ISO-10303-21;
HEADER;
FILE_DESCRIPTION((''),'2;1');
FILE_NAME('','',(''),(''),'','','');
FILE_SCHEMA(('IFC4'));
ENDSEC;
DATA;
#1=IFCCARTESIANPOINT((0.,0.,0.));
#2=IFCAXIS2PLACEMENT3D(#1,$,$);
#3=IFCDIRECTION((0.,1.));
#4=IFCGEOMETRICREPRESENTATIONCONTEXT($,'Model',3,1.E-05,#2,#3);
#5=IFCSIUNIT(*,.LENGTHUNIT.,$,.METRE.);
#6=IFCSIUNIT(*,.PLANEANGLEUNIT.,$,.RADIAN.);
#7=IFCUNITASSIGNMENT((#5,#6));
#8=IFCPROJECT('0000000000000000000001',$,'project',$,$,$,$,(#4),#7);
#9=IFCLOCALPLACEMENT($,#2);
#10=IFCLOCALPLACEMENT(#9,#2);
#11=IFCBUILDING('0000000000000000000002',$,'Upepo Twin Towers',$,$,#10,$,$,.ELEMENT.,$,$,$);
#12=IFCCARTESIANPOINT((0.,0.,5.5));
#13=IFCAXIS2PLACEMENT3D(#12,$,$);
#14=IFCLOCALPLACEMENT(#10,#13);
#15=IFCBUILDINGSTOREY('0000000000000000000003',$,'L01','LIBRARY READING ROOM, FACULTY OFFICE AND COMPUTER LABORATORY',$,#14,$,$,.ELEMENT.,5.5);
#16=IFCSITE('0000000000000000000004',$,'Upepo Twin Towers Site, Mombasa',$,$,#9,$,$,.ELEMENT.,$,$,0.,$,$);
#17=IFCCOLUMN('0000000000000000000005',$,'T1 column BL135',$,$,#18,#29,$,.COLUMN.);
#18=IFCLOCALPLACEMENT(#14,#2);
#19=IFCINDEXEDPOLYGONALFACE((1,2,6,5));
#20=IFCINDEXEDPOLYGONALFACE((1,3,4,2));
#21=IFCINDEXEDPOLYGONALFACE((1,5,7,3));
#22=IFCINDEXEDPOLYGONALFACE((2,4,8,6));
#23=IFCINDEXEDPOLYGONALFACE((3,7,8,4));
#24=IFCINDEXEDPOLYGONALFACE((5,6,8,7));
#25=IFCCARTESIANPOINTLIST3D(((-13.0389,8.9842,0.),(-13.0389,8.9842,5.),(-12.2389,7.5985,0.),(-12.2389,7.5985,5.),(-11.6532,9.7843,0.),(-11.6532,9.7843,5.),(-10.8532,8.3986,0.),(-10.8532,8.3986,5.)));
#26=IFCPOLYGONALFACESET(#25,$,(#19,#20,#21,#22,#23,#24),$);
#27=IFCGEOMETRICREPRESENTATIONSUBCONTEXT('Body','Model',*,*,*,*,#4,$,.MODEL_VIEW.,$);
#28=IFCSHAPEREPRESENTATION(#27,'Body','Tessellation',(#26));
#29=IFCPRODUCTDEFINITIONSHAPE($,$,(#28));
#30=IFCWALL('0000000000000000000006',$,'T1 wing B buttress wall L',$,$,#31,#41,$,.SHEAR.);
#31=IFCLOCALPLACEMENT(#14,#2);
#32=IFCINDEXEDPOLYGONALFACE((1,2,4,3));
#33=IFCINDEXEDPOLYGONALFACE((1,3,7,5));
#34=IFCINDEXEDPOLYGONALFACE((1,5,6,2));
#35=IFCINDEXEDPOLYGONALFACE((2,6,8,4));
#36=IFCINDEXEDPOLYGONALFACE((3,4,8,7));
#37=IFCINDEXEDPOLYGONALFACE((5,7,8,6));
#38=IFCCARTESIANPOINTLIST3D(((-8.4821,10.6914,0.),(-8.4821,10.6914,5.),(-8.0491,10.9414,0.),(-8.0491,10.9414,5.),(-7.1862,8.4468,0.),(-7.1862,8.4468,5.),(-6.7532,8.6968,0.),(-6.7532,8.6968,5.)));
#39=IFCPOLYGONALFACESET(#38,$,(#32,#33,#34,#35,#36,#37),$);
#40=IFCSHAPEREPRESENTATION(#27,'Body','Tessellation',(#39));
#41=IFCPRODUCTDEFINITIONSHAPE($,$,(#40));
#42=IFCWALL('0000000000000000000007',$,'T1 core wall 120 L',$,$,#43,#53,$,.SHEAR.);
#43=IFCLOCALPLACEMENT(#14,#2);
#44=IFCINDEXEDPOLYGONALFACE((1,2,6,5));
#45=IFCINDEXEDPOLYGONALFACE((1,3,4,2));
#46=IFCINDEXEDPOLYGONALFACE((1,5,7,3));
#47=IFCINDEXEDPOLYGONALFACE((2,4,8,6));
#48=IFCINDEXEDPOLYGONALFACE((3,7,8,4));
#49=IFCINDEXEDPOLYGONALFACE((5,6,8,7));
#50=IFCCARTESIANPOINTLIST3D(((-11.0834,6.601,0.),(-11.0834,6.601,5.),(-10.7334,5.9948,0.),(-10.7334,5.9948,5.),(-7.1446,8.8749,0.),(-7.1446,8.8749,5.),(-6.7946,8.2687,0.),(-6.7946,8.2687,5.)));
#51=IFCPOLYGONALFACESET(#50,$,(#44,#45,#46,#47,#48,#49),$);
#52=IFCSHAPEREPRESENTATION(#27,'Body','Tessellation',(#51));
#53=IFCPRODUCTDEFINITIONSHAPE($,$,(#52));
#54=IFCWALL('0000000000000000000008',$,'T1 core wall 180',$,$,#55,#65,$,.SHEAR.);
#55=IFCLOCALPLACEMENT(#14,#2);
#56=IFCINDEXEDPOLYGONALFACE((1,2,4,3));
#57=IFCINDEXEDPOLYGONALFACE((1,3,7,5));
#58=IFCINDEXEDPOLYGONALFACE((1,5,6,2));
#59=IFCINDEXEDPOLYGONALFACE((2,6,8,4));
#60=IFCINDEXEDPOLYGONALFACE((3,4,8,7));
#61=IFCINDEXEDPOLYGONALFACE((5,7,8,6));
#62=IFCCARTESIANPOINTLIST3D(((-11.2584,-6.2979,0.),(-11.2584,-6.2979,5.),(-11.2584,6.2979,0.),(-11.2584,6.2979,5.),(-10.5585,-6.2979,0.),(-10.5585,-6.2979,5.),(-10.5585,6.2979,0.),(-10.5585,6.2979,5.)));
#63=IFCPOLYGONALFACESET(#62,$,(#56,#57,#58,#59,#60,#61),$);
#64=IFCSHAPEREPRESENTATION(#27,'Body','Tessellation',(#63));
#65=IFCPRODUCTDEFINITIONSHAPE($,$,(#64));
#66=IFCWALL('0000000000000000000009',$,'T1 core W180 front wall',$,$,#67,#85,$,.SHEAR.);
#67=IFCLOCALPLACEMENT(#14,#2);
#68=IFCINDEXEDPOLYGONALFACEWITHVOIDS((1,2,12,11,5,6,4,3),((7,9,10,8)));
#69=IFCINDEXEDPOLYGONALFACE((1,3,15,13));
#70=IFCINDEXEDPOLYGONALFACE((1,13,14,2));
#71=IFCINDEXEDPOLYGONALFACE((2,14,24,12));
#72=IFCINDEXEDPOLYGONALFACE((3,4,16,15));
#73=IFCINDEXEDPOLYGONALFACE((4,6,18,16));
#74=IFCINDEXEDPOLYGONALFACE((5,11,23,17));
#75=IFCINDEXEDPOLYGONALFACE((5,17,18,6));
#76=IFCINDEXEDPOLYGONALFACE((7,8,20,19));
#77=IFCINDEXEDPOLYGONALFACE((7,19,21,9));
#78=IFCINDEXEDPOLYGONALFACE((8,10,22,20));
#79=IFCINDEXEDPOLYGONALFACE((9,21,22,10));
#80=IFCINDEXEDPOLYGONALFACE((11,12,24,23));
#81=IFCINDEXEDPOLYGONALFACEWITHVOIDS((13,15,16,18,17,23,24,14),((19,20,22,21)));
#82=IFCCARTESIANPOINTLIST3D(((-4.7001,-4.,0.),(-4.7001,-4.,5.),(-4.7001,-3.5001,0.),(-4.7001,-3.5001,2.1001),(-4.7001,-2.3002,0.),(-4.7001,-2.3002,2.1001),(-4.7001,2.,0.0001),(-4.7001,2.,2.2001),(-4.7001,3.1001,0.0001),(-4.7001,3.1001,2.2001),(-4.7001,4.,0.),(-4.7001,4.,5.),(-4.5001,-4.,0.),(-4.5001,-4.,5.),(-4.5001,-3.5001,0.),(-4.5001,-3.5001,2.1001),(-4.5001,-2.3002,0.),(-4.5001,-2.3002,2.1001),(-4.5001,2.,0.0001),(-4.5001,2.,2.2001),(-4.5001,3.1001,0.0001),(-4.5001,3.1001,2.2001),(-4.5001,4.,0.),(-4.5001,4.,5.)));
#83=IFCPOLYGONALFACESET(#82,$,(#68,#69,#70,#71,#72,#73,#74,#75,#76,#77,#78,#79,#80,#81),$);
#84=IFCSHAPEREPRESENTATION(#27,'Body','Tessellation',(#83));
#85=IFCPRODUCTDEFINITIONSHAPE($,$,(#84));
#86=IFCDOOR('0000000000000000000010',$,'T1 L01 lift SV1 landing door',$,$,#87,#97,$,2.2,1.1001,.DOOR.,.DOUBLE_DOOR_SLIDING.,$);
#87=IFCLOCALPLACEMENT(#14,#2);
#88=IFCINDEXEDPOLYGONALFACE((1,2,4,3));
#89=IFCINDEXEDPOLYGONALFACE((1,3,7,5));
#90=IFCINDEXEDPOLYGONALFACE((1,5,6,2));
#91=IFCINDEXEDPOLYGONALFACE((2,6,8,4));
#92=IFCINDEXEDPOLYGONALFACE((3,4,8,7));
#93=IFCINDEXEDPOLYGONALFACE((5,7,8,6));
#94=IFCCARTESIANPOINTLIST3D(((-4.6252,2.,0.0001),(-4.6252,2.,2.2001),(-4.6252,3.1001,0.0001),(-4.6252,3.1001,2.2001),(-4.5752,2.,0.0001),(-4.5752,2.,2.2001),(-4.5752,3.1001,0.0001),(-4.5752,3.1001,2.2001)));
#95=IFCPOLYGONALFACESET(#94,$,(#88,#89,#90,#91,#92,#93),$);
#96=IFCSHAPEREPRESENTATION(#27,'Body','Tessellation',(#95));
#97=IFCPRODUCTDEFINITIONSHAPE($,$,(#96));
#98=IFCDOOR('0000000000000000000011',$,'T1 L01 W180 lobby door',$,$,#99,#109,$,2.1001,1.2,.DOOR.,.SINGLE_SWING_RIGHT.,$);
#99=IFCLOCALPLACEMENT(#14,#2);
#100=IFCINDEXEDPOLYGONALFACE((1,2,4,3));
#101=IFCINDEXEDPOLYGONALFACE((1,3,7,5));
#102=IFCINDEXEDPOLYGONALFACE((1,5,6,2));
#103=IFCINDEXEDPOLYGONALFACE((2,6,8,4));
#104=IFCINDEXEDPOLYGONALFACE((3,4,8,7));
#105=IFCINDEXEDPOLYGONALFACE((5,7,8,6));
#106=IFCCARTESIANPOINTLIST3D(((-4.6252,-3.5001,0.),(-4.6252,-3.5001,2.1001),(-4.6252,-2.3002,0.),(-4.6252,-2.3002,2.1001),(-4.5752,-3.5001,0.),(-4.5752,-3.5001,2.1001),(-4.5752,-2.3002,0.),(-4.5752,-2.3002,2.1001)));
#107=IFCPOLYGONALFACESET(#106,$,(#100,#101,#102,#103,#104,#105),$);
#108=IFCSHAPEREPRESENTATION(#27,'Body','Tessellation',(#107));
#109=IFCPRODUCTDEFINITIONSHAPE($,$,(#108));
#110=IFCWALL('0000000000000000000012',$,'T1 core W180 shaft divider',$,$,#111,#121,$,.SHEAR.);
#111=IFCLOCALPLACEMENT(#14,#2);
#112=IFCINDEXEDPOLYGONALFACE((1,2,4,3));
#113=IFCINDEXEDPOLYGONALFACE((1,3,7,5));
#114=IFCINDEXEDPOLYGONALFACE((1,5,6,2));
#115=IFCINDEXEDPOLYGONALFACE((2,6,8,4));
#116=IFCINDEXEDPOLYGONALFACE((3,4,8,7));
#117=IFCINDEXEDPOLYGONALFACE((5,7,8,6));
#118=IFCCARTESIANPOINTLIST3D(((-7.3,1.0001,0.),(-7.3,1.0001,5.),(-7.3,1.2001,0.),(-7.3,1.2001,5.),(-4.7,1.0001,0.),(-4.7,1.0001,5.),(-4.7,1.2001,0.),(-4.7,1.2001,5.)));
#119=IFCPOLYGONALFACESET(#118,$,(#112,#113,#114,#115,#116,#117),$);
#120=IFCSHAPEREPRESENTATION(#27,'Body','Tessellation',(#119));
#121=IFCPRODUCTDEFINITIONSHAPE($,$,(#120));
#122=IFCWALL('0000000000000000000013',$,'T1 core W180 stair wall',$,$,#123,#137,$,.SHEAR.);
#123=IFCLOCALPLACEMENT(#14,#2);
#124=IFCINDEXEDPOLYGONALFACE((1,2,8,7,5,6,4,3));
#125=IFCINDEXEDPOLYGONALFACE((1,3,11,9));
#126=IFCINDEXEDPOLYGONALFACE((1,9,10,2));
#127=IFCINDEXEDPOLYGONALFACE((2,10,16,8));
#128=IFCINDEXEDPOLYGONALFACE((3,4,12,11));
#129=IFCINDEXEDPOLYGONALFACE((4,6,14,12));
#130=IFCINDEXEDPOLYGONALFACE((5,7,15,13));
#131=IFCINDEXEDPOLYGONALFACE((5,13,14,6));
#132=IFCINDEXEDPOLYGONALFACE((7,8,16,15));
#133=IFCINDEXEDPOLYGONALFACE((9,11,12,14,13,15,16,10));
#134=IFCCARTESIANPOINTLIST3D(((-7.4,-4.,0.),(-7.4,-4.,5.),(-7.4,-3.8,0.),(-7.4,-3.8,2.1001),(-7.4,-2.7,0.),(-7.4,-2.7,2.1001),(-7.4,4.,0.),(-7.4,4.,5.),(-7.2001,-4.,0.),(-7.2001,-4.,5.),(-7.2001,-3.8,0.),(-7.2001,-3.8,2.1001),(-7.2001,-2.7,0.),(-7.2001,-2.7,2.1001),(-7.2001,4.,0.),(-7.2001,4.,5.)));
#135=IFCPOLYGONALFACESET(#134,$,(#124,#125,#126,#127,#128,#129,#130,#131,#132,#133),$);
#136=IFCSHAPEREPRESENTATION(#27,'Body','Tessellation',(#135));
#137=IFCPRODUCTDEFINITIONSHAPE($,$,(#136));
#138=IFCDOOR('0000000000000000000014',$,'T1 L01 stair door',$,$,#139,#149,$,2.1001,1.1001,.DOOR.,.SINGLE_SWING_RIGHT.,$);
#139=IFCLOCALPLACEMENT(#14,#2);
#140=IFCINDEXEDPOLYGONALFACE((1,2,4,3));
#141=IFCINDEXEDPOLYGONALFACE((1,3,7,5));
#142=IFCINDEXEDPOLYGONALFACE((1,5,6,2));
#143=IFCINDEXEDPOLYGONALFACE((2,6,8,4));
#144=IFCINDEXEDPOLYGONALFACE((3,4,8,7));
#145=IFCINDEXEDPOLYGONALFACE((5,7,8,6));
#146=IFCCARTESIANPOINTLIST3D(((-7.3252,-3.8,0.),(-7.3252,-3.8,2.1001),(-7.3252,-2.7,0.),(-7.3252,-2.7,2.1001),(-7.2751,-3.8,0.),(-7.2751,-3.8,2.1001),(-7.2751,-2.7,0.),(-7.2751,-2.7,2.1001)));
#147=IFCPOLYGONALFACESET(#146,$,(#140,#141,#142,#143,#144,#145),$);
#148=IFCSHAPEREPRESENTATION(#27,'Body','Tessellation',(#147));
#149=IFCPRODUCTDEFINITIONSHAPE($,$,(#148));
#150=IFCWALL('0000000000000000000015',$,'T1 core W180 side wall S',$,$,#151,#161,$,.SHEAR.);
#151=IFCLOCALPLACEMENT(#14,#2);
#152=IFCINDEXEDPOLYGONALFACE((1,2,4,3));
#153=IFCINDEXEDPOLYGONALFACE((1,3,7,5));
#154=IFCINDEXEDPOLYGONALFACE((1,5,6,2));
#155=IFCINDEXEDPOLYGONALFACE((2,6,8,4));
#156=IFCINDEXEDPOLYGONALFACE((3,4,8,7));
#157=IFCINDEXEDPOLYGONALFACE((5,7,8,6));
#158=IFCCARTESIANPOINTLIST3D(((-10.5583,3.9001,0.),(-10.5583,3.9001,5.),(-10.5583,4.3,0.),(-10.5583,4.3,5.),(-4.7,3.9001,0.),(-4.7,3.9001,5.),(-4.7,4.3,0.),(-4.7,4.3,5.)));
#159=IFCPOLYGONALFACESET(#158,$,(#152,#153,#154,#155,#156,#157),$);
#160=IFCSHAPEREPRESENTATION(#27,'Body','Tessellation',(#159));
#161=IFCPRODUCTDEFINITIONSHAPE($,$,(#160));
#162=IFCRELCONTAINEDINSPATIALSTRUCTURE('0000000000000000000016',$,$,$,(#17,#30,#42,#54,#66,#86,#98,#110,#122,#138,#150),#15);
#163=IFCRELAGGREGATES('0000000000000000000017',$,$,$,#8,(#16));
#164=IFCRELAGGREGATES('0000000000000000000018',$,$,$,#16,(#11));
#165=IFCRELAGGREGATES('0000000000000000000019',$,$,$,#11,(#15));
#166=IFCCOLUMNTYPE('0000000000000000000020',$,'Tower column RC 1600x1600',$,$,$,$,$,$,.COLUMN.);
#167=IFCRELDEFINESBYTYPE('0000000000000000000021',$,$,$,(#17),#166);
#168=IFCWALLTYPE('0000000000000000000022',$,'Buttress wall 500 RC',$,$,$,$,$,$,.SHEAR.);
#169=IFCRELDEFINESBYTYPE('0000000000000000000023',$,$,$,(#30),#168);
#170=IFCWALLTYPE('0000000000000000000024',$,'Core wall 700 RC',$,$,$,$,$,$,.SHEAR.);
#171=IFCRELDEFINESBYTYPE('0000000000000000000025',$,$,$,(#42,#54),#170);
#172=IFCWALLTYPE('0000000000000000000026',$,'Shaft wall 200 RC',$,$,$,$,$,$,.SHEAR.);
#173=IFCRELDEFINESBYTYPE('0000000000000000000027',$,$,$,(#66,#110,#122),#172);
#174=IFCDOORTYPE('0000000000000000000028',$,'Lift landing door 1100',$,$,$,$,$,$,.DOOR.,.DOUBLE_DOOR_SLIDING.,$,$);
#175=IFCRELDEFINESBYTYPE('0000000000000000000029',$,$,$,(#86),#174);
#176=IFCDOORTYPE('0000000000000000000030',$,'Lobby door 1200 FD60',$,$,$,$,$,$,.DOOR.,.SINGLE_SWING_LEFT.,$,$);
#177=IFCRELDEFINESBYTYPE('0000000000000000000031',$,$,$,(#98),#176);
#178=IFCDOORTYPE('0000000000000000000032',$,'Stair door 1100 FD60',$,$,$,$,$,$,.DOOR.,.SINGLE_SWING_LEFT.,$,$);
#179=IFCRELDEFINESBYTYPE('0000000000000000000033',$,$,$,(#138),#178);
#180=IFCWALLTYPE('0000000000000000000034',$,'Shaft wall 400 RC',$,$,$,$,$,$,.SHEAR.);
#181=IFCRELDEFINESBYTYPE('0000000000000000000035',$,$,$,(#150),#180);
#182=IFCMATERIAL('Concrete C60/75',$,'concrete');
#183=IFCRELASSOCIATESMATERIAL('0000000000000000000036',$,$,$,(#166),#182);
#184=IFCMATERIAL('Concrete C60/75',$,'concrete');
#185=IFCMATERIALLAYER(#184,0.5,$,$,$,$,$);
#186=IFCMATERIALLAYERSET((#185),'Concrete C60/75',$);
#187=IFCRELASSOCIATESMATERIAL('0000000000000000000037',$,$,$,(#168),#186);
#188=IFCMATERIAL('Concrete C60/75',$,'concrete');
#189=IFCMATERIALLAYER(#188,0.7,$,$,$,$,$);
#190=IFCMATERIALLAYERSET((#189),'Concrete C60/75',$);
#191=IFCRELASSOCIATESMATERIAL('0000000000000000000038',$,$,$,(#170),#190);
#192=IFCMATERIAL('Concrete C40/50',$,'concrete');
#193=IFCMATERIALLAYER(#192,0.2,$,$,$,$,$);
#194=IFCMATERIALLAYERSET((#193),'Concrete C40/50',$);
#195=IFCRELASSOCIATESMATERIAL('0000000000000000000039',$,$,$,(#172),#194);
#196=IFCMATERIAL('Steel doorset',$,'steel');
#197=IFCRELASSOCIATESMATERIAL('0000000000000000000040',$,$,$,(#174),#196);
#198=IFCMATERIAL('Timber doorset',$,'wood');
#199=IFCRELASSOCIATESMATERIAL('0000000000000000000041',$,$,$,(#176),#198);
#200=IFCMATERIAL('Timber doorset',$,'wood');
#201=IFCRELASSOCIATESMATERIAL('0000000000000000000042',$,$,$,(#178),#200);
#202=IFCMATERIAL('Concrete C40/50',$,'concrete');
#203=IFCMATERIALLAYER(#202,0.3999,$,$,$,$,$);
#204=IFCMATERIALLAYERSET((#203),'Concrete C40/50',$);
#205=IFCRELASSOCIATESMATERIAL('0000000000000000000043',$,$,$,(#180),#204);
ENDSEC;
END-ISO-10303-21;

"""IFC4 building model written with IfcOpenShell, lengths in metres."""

from ifc_helpers import new_model, si_unit, direction, frame, frame_2d, origin, origin_2d, place, context, subcontext, project, spatial, rectangle, extrude, material, layer, layer_set, material_profile, profile_set, type_object, element, fill, save


model = new_model("IFC4")

# Units and contexts
model_context = context("Model", 3, precision=1e-05, world=origin(), true_north=direction((0.0, 1.0)))
body_context = subcontext(model_context, "Body", "Model", "MODEL_VIEW")
ifc_project = project(units=[si_unit("LENGTHUNIT", "METRE"), si_unit("PLANEANGLEUNIT", "RADIAN")], contexts=[model_context])

# Site, building, storey
site_placement = place(None, origin())
site = spatial("IfcSite", under=ifc_project, at=site_placement, Name="Upepo Twin Towers Site, Mombasa", CompositionType="ELEMENT", RefElevation=0.0)
building_placement = place(site_placement, origin())
building = spatial("IfcBuilding", under=site, at=building_placement, Name="Upepo Twin Towers", CompositionType="ELEMENT")
storey_placement = place(building_placement, frame((0.0, 0.0, 5.5)))
storey = spatial("IfcBuildingStorey", under=building, at=storey_placement, Name="L01", Description="LIBRARY READING ROOM, FACULTY OFFICE AND COMPUTER LABORATORY", CompositionType="ELEMENT", Elevation=5.5)

# Column
ifc_material_1 = material(Name="Concrete C60/75", Category="concrete")
ifc_material_profile = material_profile(ifc_material_1, rectangle(XDim=1.6001, YDim=1.6001, at=origin_2d()), Name="RC 1600x1600")
ifc_profile_set = profile_set([ifc_material_profile], Name="Concrete C60/75")
column_type = type_object("IfcColumnType", Name="Tower column RC 1600x1600", PredefinedType="COLUMN", material=ifc_profile_set)
column_placement = place(storey_placement, frame((-11.946, 8.6914, 0.0), z_axis=(0.0, 0.0, 1.0), x_axis=(0.866025, 0.5, 0.0)))
element("IfcColumn", 1, at=column_placement, inside=storey, type_object=column_type, Name="T1 column BL135", PredefinedType="COLUMN", context=body_context, shape_type="SweptSolid", body=[
    extrude(rectangle(XDim=1.6001, YDim=1.6001, at=origin_2d()), origin(), (0.0, 0.0, 1.0), 5.0),
])

# Walls
ifc_material_2 = material(Name="Concrete C60/75", Category="concrete")
ifc_layer_1 = layer(ifc_material_2, 0.5)
ifc_layer_set_1 = layer_set([ifc_layer_1], Name="Concrete C60/75")
wall_type_1 = type_object("IfcWallType", Name="Buttress wall 500 RC", PredefinedType="SHEAR", material=ifc_layer_set_1)
wall_1_placement = place(storey_placement, frame((-6.9697, 8.5718, 0.0), z_axis=(0.0, 0.0, 1.0), x_axis=(-0.499989, 0.866032, 0.0)))
element("IfcWall", 2, at=wall_1_placement, inside=storey, type_object=wall_type_1, Name="T1 wing B buttress wall L", PredefinedType="SHEAR", context=body_context, shape_type="SweptSolid", body=[
    extrude(rectangle(XDim=2.5918, YDim=0.5, at=frame_2d((1.2959, 0.0))), origin(), (0.0, 0.0, 1.0), 5.0),
])
ifc_material_3 = material(Name="Concrete C60/75", Category="concrete")
ifc_layer_2 = layer(ifc_material_3, 0.7)
ifc_layer_set_2 = layer_set([ifc_layer_2], Name="Concrete C60/75")
wall_type_2 = type_object("IfcWallType", Name="Core wall 700 RC", PredefinedType="SHEAR", material=ifc_layer_set_2)
wall_2_placement = place(storey_placement, frame((-6.9697, 8.5718, 0.0), z_axis=(0.0, 0.0, 1.0), x_axis=(-0.866035, -0.499984, 0.0)))
element("IfcWall", 3, at=wall_2_placement, inside=storey, type_object=wall_type_2, Name="T1 core wall 120 L", PredefinedType="SHEAR", context=body_context, shape_type="SweptSolid", body=[
    extrude(rectangle(XDim=4.5481, YDim=0.7, at=frame_2d((2.2739, 0.0))), origin(), (0.0, 0.0, 1.0), 5.0),
])
wall_3_placement = place(storey_placement, frame((-10.9084, 6.2979, 0.0), z_axis=(0.0, 0.0, 1.0), x_axis=(0.0, -1.0, 0.0)))
element("IfcWall", 4, at=wall_3_placement, inside=storey, type_object=wall_type_2, Name="T1 core wall 180", PredefinedType="SHEAR", context=body_context, shape_type="SweptSolid", body=[
    extrude(rectangle(XDim=12.5957, YDim=0.7, at=frame_2d((6.2979, 0.0))), origin(), (0.0, 0.0, 1.0), 5.0),
])

# Wall, openings, doors
ifc_material_4 = material(Name="Concrete C40/50", Category="concrete")
ifc_layer_3 = layer(ifc_material_4, 0.2)
ifc_layer_set_3 = layer_set([ifc_layer_3], Name="Concrete C40/50")
wall_type_3 = type_object("IfcWallType", Name="Shaft wall 200 RC", PredefinedType="SHEAR", material=ifc_layer_set_3)
wall_4_placement = place(storey_placement, frame((-4.6001, 4.0, 0.0), z_axis=(0.0, 0.0, 1.0), x_axis=(0.0, -1.0, 0.0)))
wall_4 = element("IfcWall", 5, at=wall_4_placement, inside=storey, type_object=wall_type_3, Name="T1 core W180 front wall", PredefinedType="SHEAR", context=body_context, shape_type="SweptSolid", body=[
    extrude(rectangle(XDim=8.0, YDim=0.2, at=frame_2d((4.0, 0.0))), origin(), (0.0, 0.0, 1.0), 5.0),
])
opening_1_placement = place(wall_4_placement, frame((6.3, 0.0, 0.0)))
opening_1 = element("IfcOpeningElement", 6, at=opening_1_placement, cuts=wall_4, PredefinedType="OPENING", context=body_context, shape_type="SweptSolid", body=[
    extrude(rectangle(XDim=1.2, YDim=2.1001, at=frame_2d((0.6001, 1.05))), frame((0.0, 0.1099, 0.0), z_axis=(0.0, -1.0, 0.0), x_axis=(1.0, 0.0, 0.0)), (0.0, 0.0, 1.0), 0.22),
])
opening_2_placement = place(wall_4_placement, frame((0.8999, 0.0, 0.0)))
opening_2 = element("IfcOpeningElement", 7, at=opening_2_placement, cuts=wall_4, PredefinedType="OPENING", context=body_context, shape_type="SweptSolid", body=[
    extrude(rectangle(XDim=1.1001, YDim=2.2, at=frame_2d((0.55, 1.1001))), frame((0.0, 0.1099, 0.0), z_axis=(0.0, -1.0, 0.0), x_axis=(1.0, 0.0, 0.0)), (0.0, 0.0, 1.0), 0.22),
])
ifc_material_5 = material(Name="Steel doorset", Category="steel")
door_type_1 = type_object("IfcDoorType", Name="Lift landing door 1100", OperationType="DOUBLE_DOOR_SLIDING", PredefinedType="DOOR", material=ifc_material_5)
door_1_placement = place(opening_2_placement, origin())
door_1 = element("IfcDoor", 8, at=door_1_placement, inside=storey, type_object=door_type_1, Name="T1 L01 lift SV1 landing door", OperationType="DOUBLE_DOOR_SLIDING", OverallHeight=2.2, OverallWidth=1.1001, PredefinedType="DOOR", context=body_context, shape_type="SweptSolid", body=[
    extrude(rectangle(XDim=1.1001, YDim=2.2, at=frame_2d((0.55, 1.1001))), frame((0.0, 0.0249, 0.0), z_axis=(0.0, -1.0, 0.0), x_axis=(1.0, 0.0, 0.0)), (0.0, 0.0, 1.0), 0.05),
])
fill(opening_2, door_1)
ifc_material_6 = material(Name="Timber doorset", Category="wood")
door_type_2 = type_object("IfcDoorType", Name="Lobby door 1200 FD60", OperationType="SINGLE_SWING_LEFT", PredefinedType="DOOR", material=ifc_material_6)
door_2_placement = place(opening_1_placement, origin())
door_2 = element("IfcDoor", 9, at=door_2_placement, inside=storey, type_object=door_type_2, Name="T1 L01 W180 lobby door", OperationType="SINGLE_SWING_RIGHT", OverallHeight=2.1001, OverallWidth=1.2, PredefinedType="DOOR", context=body_context, shape_type="SweptSolid", body=[
    extrude(rectangle(XDim=1.2, YDim=2.1001, at=frame_2d((0.6001, 1.05))), frame((0.0, 0.0249, 0.0), z_axis=(0.0, -1.0, 0.0), x_axis=(1.0, 0.0, 0.0)), (0.0, 0.0, 1.0), 0.05),
])
fill(opening_1, door_2)

# Wall
wall_5_placement = place(storey_placement, frame((-4.7, 1.1001, 0.0), z_axis=(0.0, 0.0, 1.0), x_axis=(-1.0, 0.0, 0.0)))
element("IfcWall", 10, at=wall_5_placement, inside=storey, type_object=wall_type_3, Name="T1 core W180 shaft divider", PredefinedType="SHEAR", context=body_context, shape_type="SweptSolid", body=[
    extrude(rectangle(XDim=2.6001, YDim=0.2, at=frame_2d((1.3, 0.0))), origin(), (0.0, 0.0, 1.0), 5.0),
])

# Wall, opening, door
wall_6_placement = place(storey_placement, frame((-7.3, 4.0, 0.0), z_axis=(0.0, 0.0, 1.0), x_axis=(0.0, -1.0, 0.0)))
wall_6 = element("IfcWall", 11, at=wall_6_placement, inside=storey, type_object=wall_type_3, Name="T1 core W180 stair wall", PredefinedType="SHEAR", context=body_context, shape_type="SweptSolid", body=[
    extrude(rectangle(XDim=8.0, YDim=0.2, at=frame_2d((4.0, 0.0))), origin(), (0.0, 0.0, 1.0), 5.0),
])
opening_3_placement = place(wall_6_placement, frame((6.7, 0.0, 0.0)))
opening_3 = element("IfcOpeningElement", 12, at=opening_3_placement, cuts=wall_6, PredefinedType="OPENING", context=body_context, shape_type="SweptSolid", body=[
    extrude(rectangle(XDim=1.1001, YDim=2.1001, at=frame_2d((0.55, 1.05))), frame((0.0, 0.1099, 0.0), z_axis=(0.0, -1.0, 0.0), x_axis=(1.0, 0.0, 0.0)), (0.0, 0.0, 1.0), 0.22),
])
ifc_material_7 = material(Name="Timber doorset", Category="wood")
door_type_3 = type_object("IfcDoorType", Name="Stair door 1100 FD60", OperationType="SINGLE_SWING_LEFT", PredefinedType="DOOR", material=ifc_material_7)
door_3_placement = place(opening_3_placement, origin())
door_3 = element("IfcDoor", 13, at=door_3_placement, inside=storey, type_object=door_type_3, Name="T1 L01 stair door", OperationType="SINGLE_SWING_RIGHT", OverallHeight=2.1001, OverallWidth=1.1001, PredefinedType="DOOR", context=body_context, shape_type="SweptSolid", body=[
    extrude(rectangle(XDim=1.1001, YDim=2.1001, at=frame_2d((0.55, 1.05))), frame((0.0, 0.0249, 0.0), z_axis=(0.0, -1.0, 0.0), x_axis=(1.0, 0.0, 0.0)), (0.0, 0.0, 1.0), 0.05),
])
fill(opening_3, door_3)

# Wall
ifc_material_8 = material(Name="Concrete C40/50", Category="concrete")
ifc_layer_4 = layer(ifc_material_8, 0.3999)
ifc_layer_set_4 = layer_set([ifc_layer_4], Name="Concrete C40/50")
wall_type_4 = type_object("IfcWallType", Name="Shaft wall 400 RC", PredefinedType="SHEAR", material=ifc_layer_set_4)
wall_7_placement = place(storey_placement, frame((-4.7, 4.1001, 0.0), z_axis=(0.0, 0.0, 1.0), x_axis=(-1.0, 0.0, 0.0)))
element("IfcWall", 14, at=wall_7_placement, inside=storey, type_object=wall_type_4, Name="T1 core W180 side wall S", PredefinedType="SHEAR", context=body_context, shape_type="SweptSolid", body=[
    extrude(rectangle(XDim=5.8584, YDim=0.3999, at=frame_2d((2.9292, 0.0))), origin(), (0.0, 0.0, 1.0), 5.0),
])

save(model, "model.ifc")
